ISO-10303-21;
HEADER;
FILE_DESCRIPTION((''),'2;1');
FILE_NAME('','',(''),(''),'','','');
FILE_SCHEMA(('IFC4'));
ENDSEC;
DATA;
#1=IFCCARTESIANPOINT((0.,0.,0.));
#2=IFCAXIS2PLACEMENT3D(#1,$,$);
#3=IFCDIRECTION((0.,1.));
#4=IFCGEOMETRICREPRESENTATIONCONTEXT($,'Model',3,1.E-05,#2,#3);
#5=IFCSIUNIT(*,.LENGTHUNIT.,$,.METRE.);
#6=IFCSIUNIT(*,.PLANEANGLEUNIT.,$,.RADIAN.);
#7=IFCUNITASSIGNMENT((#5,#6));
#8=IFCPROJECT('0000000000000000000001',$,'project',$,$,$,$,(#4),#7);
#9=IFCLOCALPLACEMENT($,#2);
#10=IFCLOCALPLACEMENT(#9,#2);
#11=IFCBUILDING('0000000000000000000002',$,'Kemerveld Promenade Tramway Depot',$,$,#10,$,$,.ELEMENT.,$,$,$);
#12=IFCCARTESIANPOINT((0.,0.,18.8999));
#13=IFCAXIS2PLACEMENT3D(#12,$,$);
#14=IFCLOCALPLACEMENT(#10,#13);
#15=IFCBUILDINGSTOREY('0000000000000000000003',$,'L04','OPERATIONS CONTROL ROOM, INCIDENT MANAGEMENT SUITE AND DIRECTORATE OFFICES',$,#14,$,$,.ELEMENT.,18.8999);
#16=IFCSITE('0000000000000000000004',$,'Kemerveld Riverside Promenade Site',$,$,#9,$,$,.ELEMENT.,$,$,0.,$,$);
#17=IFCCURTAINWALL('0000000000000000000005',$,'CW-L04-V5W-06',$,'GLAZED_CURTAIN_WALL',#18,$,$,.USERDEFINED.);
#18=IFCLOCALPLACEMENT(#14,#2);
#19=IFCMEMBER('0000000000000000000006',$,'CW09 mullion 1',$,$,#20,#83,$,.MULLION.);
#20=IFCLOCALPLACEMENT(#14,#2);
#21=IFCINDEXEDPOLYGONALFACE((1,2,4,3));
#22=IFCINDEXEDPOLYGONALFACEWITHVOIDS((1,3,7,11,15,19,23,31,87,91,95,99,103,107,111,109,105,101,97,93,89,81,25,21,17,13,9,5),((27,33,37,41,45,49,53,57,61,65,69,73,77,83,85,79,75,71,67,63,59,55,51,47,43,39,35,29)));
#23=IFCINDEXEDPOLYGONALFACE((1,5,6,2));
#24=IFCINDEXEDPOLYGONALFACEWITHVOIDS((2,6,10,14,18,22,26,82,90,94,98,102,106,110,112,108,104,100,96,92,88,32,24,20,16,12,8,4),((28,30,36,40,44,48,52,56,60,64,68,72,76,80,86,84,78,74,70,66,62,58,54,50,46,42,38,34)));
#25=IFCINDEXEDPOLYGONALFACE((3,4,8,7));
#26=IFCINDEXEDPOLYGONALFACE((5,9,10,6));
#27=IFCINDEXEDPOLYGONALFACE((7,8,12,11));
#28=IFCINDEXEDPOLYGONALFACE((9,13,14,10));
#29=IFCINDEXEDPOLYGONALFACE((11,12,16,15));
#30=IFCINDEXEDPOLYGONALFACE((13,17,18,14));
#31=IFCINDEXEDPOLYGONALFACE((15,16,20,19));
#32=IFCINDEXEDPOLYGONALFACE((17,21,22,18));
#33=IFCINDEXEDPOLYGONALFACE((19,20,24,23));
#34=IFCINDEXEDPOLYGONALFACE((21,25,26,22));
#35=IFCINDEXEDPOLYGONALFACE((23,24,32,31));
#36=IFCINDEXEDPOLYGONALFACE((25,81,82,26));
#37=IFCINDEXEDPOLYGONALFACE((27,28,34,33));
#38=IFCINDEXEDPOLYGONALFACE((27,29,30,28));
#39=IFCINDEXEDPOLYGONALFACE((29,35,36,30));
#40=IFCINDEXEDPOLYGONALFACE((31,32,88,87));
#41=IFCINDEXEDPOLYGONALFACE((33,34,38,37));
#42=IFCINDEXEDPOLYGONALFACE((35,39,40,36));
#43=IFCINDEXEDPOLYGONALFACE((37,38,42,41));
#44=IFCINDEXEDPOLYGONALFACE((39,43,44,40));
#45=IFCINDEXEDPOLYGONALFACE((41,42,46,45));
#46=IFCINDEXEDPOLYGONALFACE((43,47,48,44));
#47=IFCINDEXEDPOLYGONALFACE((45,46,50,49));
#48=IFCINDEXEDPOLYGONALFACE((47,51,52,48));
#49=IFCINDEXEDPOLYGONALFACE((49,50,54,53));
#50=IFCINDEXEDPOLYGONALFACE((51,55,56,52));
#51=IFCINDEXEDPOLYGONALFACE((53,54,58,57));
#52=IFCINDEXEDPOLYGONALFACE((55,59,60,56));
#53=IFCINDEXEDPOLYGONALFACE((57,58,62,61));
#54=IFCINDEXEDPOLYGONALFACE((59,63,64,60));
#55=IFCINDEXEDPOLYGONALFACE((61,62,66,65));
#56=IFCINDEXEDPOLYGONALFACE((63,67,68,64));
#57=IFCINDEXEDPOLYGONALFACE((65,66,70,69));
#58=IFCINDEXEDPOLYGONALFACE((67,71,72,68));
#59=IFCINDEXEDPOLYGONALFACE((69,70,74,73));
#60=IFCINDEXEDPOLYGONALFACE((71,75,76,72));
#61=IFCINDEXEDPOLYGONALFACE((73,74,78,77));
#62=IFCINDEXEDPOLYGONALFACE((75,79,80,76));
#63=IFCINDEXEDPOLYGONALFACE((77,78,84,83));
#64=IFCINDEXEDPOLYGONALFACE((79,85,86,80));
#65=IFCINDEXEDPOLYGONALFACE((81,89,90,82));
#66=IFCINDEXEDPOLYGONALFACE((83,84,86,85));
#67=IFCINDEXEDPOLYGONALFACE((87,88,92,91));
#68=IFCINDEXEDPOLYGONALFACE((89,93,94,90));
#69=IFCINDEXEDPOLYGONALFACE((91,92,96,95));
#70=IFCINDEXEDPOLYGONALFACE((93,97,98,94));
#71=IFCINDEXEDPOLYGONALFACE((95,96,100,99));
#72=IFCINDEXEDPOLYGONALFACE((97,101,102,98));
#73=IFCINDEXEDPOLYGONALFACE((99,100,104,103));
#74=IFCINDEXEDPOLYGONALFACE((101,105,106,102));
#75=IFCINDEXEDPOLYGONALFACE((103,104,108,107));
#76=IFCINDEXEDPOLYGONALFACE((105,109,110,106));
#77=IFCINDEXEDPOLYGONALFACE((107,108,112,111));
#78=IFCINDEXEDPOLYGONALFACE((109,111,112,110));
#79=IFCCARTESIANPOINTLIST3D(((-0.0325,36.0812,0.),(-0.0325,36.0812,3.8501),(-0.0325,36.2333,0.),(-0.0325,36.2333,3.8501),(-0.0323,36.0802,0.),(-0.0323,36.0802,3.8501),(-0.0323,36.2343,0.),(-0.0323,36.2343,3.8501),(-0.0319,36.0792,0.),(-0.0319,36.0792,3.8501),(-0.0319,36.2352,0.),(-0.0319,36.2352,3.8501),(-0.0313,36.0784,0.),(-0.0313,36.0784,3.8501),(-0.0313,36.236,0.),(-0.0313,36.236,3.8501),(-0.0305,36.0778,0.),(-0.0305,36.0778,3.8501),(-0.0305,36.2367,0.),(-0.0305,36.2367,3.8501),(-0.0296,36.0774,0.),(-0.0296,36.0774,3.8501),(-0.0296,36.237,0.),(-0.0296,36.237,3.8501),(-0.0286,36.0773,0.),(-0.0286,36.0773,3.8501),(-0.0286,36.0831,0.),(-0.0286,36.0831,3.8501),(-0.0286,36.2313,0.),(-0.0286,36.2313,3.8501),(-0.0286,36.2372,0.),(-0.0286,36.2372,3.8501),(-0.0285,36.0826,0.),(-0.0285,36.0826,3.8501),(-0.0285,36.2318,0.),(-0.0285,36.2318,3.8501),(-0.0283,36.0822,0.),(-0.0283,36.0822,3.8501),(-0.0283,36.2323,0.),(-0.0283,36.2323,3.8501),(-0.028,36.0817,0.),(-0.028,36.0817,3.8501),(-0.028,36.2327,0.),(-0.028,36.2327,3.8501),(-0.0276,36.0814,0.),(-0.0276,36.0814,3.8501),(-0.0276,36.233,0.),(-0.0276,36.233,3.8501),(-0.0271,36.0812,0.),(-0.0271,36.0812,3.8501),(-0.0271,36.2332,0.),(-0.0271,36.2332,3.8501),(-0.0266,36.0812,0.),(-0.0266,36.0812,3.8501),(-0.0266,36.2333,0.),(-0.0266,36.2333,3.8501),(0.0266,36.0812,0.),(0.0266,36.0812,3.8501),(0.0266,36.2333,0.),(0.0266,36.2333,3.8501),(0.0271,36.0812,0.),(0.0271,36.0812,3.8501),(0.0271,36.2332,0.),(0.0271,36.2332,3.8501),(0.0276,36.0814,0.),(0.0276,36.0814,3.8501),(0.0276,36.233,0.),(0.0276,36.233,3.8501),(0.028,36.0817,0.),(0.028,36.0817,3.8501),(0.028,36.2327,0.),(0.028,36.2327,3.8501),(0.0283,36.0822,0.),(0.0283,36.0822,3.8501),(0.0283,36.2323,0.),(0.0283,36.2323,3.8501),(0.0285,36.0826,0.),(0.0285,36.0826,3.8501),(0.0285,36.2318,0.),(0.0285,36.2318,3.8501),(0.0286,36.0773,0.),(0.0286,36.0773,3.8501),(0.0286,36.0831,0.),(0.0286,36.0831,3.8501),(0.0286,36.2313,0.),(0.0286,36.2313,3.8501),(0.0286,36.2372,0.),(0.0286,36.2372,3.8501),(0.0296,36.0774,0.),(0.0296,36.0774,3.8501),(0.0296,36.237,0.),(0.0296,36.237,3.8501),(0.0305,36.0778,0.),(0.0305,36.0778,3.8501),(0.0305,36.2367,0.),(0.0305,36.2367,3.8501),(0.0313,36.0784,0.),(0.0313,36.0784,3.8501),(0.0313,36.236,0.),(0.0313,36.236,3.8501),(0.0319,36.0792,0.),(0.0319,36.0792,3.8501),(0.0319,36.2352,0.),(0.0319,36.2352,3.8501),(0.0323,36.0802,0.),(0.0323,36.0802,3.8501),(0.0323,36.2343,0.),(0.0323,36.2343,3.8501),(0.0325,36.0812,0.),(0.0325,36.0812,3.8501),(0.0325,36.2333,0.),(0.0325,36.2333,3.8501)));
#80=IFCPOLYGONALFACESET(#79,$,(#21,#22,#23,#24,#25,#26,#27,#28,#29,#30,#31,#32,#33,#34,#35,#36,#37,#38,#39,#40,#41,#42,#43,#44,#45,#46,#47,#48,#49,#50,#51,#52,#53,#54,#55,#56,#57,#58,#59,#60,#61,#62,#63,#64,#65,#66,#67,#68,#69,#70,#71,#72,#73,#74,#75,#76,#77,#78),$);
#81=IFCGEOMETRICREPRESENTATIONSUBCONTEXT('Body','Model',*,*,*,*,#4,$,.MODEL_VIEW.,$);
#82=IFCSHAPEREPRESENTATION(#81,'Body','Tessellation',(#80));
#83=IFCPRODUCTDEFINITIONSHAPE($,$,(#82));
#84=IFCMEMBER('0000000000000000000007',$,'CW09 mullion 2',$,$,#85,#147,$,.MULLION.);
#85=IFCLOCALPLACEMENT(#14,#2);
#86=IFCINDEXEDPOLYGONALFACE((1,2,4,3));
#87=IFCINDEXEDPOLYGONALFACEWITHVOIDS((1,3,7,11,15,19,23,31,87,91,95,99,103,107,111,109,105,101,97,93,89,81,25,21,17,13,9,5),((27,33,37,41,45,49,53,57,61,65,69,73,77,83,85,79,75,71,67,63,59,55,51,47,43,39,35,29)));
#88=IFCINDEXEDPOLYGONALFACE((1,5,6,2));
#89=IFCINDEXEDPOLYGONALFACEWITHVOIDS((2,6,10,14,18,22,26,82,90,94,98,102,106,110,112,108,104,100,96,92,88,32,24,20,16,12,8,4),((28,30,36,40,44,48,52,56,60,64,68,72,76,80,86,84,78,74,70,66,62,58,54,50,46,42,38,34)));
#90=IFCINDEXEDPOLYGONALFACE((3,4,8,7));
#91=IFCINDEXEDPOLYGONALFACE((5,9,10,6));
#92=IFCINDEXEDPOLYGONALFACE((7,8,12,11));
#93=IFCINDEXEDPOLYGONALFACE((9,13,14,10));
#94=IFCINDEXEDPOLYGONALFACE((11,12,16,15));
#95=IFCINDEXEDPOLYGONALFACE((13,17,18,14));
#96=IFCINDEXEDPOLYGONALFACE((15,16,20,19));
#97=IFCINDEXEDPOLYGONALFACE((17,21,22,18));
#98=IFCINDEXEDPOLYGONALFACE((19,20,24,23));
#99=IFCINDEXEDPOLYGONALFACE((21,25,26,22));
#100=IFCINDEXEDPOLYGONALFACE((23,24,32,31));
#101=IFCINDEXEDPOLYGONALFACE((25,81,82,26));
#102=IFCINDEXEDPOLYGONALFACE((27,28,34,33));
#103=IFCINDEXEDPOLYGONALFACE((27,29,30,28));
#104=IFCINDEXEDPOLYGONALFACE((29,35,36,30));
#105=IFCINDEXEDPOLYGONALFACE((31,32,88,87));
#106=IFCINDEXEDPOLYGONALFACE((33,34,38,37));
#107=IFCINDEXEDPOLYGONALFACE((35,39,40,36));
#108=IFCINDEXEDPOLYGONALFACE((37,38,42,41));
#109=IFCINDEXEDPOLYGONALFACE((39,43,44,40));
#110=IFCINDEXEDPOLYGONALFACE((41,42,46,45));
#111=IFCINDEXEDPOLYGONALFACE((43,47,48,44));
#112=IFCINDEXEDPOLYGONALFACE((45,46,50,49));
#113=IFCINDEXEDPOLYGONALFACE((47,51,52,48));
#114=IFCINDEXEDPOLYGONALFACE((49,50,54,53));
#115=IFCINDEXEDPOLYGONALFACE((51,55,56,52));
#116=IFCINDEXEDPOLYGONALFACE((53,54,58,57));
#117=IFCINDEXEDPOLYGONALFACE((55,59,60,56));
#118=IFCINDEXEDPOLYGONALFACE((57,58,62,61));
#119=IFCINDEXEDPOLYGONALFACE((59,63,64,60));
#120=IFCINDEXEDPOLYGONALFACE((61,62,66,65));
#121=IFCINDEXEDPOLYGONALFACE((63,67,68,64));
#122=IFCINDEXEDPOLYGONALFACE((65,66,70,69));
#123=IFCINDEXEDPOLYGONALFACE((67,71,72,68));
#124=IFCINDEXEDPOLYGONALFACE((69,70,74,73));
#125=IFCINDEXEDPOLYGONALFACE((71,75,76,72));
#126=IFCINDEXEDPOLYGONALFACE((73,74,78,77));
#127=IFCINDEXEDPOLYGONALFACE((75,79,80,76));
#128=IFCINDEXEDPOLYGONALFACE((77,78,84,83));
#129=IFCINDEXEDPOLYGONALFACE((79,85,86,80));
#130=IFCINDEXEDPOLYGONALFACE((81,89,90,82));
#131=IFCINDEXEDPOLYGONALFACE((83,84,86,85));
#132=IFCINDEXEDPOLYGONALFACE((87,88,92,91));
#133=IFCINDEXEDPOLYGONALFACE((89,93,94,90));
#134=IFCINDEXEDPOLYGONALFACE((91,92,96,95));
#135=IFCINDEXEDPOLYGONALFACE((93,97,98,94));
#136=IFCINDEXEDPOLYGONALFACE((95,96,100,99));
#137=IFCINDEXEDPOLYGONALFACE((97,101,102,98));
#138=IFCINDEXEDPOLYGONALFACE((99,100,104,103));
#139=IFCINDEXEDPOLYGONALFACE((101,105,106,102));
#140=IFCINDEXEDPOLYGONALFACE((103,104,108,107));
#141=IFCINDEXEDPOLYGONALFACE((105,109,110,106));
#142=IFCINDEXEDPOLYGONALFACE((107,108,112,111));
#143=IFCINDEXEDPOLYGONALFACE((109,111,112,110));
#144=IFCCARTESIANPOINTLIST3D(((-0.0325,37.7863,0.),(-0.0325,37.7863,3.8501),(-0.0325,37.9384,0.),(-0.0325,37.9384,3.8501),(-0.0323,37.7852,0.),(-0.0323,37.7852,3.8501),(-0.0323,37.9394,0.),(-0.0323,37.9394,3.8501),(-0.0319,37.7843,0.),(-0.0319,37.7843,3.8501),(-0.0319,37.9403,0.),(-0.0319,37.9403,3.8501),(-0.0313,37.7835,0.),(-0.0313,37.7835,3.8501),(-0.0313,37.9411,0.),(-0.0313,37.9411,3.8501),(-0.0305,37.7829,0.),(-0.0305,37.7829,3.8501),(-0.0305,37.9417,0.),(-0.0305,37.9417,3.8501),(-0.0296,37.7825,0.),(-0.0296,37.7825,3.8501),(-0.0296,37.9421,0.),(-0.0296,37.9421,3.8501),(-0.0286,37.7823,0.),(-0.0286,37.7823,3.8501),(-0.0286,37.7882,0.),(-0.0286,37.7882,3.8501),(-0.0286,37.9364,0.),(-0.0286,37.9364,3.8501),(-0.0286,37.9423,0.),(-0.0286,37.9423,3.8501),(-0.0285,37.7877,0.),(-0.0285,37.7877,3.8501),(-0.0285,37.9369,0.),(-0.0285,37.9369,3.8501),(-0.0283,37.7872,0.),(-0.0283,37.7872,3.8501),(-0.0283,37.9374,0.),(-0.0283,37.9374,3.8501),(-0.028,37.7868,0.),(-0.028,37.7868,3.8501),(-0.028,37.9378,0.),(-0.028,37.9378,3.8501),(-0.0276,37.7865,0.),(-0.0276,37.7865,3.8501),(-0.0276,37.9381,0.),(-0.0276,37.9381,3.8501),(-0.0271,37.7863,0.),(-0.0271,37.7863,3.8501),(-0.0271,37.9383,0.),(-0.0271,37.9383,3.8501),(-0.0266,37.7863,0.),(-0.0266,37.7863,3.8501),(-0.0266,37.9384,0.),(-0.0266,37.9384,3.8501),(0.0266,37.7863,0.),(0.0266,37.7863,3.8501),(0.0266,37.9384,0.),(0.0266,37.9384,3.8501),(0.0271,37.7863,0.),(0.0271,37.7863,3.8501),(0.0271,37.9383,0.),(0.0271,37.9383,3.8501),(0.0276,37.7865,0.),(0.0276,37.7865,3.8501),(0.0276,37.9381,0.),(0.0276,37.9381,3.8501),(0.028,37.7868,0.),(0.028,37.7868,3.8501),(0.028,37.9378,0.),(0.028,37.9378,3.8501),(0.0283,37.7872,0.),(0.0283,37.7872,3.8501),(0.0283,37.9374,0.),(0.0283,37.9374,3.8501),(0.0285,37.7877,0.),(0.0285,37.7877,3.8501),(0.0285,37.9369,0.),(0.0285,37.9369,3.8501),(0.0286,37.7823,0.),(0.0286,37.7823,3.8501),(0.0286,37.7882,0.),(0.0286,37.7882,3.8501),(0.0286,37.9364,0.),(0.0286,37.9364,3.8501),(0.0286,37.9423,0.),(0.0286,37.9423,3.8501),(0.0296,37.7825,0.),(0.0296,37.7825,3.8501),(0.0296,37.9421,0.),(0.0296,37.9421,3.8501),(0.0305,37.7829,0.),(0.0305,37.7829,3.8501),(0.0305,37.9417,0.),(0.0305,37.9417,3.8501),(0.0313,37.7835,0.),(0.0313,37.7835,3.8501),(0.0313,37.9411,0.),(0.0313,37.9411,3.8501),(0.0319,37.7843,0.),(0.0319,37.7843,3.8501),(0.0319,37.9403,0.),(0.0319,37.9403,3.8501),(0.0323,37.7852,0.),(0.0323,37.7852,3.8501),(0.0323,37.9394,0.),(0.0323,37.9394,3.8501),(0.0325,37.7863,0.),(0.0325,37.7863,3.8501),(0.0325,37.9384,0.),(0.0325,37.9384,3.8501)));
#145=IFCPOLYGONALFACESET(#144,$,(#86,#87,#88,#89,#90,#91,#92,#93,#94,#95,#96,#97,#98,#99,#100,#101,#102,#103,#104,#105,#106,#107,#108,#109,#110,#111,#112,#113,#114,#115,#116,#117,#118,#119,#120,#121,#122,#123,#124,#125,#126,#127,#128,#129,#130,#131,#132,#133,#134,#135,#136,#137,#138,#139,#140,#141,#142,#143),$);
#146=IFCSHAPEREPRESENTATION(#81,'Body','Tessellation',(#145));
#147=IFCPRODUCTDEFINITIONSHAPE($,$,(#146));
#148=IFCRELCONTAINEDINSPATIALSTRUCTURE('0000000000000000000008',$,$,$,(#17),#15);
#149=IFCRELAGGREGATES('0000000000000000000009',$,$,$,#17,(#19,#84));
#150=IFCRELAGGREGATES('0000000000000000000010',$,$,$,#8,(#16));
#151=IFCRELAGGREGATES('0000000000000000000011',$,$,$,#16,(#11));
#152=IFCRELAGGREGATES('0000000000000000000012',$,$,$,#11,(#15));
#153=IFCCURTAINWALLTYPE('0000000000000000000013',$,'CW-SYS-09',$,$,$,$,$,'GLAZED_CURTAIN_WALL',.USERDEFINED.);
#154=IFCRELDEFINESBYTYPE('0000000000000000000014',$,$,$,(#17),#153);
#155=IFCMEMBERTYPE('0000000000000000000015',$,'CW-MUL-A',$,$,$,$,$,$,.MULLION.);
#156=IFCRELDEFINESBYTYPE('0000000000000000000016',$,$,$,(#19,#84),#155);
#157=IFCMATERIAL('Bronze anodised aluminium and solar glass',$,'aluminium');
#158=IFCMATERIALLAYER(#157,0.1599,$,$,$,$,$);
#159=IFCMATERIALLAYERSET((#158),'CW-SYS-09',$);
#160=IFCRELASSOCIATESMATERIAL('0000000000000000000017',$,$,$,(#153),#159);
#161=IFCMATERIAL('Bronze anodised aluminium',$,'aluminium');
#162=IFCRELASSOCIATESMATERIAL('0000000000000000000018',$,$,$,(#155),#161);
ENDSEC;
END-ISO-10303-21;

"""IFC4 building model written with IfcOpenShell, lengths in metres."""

from ifc_helpers import new_model, si_unit, direction, frame, origin, origin_2d, place, context, subcontext, project, spatial, hollow_rectangle, extrude, material, layer, layer_set, material_profile, profile_set, type_object, element, aggregate, save


model = new_model("IFC4")

# Units and contexts
model_context = context("Model", 3, precision=1e-05, world=origin(), true_north=direction((0.0, 1.0)))
body_context = subcontext(model_context, "Body", "Model", "MODEL_VIEW")
ifc_project = project(units=[si_unit("LENGTHUNIT", "METRE"), si_unit("PLANEANGLEUNIT", "RADIAN")], contexts=[model_context])

# Site, building, storey
site_placement = place(None, origin())
site = spatial("IfcSite", under=ifc_project, at=site_placement, Name="Kemerveld Riverside Promenade Site", CompositionType="ELEMENT", RefElevation=0.0)
building_placement = place(site_placement, origin())
building = spatial("IfcBuilding", under=site, at=building_placement, Name="Kemerveld Promenade Tramway Depot", CompositionType="ELEMENT")
storey_placement = place(building_placement, frame((0.0, 0.0, 18.8999)))
storey = spatial("IfcBuildingStorey", under=building, at=storey_placement, Name="L04", Description="OPERATIONS CONTROL ROOM, INCIDENT MANAGEMENT SUITE AND DIRECTORATE OFFICES", CompositionType="ELEMENT", Elevation=18.8999)

# Curtain wall, members
ifc_material_1 = material(Name="Bronze anodised aluminium and solar glass", Category="aluminium")
ifc_layer_1 = layer(ifc_material_1, 0.1599)
ifc_layer_set_1 = layer_set([ifc_layer_1], Name="CW-SYS-09")
curtain_wall_type = type_object("IfcCurtainWallType", Name="CW-SYS-09", ElementType="GLAZED_CURTAIN_WALL", PredefinedType="USERDEFINED", material=ifc_layer_set_1)
curtain_wall_placement = place(storey_placement, origin())
curtain_wall = element("IfcCurtainWall", 1, at=curtain_wall_placement, inside=storey, type_object=curtain_wall_type, Name="CW-L04-V5W-06", ObjectType="GLAZED_CURTAIN_WALL", PredefinedType="USERDEFINED")
ifc_material_2 = material(Name="Bronze anodised aluminium", Category="aluminium")
ifc_material_profile_1 = material_profile(ifc_material_2, hollow_rectangle(XDim=0.0649, YDim=0.1599, WallThickness=0.0039, InnerFilletRadius=0.002, OuterFilletRadius=0.0039, at=origin_2d()), Name="CW-MUL-160x65")
ifc_profile_set_1 = profile_set([ifc_material_profile_1], Name="Bronze anodised aluminium")
member_type_1 = type_object("IfcMemberType", Name="CW-MUL-A", PredefinedType="MULLION", material=ifc_profile_set_1)
member_1_placement = place(storey_placement, frame((0.0, 36.1572, 0.0), z_axis=(0.0, 0.0, 1.0), x_axis=(-1.0, 0.0, 0.0)))
member_1 = element("IfcMember", 2, at=member_1_placement, type_object=member_type_1, Name="CW09 mullion 1", PredefinedType="MULLION", context=body_context, shape_type="SweptSolid", body=[
    extrude(hollow_rectangle(XDim=0.0649, YDim=0.1599, WallThickness=0.0039, InnerFilletRadius=0.002, OuterFilletRadius=0.0039, at=origin_2d()), origin(), (0.0, 0.0, 1.0), 3.8501),
])
member_2_placement = place(storey_placement, frame((0.0, 37.8623, 0.0), z_axis=(0.0, 0.0, 1.0), x_axis=(-1.0, 0.0, 0.0)))
member_2 = element("IfcMember", 3, at=member_2_placement, type_object=member_type_1, Name="CW09 mullion 2", PredefinedType="MULLION", context=body_context, shape_type="SweptSolid", body=[
    extrude(hollow_rectangle(XDim=0.0649, YDim=0.1599, WallThickness=0.0039, InnerFilletRadius=0.002, OuterFilletRadius=0.0039, at=origin_2d()), origin(), (0.0, 0.0, 1.0), 3.8501),
])
aggregate(curtain_wall, [member_1, member_2])

save(model, "model.ifc")
